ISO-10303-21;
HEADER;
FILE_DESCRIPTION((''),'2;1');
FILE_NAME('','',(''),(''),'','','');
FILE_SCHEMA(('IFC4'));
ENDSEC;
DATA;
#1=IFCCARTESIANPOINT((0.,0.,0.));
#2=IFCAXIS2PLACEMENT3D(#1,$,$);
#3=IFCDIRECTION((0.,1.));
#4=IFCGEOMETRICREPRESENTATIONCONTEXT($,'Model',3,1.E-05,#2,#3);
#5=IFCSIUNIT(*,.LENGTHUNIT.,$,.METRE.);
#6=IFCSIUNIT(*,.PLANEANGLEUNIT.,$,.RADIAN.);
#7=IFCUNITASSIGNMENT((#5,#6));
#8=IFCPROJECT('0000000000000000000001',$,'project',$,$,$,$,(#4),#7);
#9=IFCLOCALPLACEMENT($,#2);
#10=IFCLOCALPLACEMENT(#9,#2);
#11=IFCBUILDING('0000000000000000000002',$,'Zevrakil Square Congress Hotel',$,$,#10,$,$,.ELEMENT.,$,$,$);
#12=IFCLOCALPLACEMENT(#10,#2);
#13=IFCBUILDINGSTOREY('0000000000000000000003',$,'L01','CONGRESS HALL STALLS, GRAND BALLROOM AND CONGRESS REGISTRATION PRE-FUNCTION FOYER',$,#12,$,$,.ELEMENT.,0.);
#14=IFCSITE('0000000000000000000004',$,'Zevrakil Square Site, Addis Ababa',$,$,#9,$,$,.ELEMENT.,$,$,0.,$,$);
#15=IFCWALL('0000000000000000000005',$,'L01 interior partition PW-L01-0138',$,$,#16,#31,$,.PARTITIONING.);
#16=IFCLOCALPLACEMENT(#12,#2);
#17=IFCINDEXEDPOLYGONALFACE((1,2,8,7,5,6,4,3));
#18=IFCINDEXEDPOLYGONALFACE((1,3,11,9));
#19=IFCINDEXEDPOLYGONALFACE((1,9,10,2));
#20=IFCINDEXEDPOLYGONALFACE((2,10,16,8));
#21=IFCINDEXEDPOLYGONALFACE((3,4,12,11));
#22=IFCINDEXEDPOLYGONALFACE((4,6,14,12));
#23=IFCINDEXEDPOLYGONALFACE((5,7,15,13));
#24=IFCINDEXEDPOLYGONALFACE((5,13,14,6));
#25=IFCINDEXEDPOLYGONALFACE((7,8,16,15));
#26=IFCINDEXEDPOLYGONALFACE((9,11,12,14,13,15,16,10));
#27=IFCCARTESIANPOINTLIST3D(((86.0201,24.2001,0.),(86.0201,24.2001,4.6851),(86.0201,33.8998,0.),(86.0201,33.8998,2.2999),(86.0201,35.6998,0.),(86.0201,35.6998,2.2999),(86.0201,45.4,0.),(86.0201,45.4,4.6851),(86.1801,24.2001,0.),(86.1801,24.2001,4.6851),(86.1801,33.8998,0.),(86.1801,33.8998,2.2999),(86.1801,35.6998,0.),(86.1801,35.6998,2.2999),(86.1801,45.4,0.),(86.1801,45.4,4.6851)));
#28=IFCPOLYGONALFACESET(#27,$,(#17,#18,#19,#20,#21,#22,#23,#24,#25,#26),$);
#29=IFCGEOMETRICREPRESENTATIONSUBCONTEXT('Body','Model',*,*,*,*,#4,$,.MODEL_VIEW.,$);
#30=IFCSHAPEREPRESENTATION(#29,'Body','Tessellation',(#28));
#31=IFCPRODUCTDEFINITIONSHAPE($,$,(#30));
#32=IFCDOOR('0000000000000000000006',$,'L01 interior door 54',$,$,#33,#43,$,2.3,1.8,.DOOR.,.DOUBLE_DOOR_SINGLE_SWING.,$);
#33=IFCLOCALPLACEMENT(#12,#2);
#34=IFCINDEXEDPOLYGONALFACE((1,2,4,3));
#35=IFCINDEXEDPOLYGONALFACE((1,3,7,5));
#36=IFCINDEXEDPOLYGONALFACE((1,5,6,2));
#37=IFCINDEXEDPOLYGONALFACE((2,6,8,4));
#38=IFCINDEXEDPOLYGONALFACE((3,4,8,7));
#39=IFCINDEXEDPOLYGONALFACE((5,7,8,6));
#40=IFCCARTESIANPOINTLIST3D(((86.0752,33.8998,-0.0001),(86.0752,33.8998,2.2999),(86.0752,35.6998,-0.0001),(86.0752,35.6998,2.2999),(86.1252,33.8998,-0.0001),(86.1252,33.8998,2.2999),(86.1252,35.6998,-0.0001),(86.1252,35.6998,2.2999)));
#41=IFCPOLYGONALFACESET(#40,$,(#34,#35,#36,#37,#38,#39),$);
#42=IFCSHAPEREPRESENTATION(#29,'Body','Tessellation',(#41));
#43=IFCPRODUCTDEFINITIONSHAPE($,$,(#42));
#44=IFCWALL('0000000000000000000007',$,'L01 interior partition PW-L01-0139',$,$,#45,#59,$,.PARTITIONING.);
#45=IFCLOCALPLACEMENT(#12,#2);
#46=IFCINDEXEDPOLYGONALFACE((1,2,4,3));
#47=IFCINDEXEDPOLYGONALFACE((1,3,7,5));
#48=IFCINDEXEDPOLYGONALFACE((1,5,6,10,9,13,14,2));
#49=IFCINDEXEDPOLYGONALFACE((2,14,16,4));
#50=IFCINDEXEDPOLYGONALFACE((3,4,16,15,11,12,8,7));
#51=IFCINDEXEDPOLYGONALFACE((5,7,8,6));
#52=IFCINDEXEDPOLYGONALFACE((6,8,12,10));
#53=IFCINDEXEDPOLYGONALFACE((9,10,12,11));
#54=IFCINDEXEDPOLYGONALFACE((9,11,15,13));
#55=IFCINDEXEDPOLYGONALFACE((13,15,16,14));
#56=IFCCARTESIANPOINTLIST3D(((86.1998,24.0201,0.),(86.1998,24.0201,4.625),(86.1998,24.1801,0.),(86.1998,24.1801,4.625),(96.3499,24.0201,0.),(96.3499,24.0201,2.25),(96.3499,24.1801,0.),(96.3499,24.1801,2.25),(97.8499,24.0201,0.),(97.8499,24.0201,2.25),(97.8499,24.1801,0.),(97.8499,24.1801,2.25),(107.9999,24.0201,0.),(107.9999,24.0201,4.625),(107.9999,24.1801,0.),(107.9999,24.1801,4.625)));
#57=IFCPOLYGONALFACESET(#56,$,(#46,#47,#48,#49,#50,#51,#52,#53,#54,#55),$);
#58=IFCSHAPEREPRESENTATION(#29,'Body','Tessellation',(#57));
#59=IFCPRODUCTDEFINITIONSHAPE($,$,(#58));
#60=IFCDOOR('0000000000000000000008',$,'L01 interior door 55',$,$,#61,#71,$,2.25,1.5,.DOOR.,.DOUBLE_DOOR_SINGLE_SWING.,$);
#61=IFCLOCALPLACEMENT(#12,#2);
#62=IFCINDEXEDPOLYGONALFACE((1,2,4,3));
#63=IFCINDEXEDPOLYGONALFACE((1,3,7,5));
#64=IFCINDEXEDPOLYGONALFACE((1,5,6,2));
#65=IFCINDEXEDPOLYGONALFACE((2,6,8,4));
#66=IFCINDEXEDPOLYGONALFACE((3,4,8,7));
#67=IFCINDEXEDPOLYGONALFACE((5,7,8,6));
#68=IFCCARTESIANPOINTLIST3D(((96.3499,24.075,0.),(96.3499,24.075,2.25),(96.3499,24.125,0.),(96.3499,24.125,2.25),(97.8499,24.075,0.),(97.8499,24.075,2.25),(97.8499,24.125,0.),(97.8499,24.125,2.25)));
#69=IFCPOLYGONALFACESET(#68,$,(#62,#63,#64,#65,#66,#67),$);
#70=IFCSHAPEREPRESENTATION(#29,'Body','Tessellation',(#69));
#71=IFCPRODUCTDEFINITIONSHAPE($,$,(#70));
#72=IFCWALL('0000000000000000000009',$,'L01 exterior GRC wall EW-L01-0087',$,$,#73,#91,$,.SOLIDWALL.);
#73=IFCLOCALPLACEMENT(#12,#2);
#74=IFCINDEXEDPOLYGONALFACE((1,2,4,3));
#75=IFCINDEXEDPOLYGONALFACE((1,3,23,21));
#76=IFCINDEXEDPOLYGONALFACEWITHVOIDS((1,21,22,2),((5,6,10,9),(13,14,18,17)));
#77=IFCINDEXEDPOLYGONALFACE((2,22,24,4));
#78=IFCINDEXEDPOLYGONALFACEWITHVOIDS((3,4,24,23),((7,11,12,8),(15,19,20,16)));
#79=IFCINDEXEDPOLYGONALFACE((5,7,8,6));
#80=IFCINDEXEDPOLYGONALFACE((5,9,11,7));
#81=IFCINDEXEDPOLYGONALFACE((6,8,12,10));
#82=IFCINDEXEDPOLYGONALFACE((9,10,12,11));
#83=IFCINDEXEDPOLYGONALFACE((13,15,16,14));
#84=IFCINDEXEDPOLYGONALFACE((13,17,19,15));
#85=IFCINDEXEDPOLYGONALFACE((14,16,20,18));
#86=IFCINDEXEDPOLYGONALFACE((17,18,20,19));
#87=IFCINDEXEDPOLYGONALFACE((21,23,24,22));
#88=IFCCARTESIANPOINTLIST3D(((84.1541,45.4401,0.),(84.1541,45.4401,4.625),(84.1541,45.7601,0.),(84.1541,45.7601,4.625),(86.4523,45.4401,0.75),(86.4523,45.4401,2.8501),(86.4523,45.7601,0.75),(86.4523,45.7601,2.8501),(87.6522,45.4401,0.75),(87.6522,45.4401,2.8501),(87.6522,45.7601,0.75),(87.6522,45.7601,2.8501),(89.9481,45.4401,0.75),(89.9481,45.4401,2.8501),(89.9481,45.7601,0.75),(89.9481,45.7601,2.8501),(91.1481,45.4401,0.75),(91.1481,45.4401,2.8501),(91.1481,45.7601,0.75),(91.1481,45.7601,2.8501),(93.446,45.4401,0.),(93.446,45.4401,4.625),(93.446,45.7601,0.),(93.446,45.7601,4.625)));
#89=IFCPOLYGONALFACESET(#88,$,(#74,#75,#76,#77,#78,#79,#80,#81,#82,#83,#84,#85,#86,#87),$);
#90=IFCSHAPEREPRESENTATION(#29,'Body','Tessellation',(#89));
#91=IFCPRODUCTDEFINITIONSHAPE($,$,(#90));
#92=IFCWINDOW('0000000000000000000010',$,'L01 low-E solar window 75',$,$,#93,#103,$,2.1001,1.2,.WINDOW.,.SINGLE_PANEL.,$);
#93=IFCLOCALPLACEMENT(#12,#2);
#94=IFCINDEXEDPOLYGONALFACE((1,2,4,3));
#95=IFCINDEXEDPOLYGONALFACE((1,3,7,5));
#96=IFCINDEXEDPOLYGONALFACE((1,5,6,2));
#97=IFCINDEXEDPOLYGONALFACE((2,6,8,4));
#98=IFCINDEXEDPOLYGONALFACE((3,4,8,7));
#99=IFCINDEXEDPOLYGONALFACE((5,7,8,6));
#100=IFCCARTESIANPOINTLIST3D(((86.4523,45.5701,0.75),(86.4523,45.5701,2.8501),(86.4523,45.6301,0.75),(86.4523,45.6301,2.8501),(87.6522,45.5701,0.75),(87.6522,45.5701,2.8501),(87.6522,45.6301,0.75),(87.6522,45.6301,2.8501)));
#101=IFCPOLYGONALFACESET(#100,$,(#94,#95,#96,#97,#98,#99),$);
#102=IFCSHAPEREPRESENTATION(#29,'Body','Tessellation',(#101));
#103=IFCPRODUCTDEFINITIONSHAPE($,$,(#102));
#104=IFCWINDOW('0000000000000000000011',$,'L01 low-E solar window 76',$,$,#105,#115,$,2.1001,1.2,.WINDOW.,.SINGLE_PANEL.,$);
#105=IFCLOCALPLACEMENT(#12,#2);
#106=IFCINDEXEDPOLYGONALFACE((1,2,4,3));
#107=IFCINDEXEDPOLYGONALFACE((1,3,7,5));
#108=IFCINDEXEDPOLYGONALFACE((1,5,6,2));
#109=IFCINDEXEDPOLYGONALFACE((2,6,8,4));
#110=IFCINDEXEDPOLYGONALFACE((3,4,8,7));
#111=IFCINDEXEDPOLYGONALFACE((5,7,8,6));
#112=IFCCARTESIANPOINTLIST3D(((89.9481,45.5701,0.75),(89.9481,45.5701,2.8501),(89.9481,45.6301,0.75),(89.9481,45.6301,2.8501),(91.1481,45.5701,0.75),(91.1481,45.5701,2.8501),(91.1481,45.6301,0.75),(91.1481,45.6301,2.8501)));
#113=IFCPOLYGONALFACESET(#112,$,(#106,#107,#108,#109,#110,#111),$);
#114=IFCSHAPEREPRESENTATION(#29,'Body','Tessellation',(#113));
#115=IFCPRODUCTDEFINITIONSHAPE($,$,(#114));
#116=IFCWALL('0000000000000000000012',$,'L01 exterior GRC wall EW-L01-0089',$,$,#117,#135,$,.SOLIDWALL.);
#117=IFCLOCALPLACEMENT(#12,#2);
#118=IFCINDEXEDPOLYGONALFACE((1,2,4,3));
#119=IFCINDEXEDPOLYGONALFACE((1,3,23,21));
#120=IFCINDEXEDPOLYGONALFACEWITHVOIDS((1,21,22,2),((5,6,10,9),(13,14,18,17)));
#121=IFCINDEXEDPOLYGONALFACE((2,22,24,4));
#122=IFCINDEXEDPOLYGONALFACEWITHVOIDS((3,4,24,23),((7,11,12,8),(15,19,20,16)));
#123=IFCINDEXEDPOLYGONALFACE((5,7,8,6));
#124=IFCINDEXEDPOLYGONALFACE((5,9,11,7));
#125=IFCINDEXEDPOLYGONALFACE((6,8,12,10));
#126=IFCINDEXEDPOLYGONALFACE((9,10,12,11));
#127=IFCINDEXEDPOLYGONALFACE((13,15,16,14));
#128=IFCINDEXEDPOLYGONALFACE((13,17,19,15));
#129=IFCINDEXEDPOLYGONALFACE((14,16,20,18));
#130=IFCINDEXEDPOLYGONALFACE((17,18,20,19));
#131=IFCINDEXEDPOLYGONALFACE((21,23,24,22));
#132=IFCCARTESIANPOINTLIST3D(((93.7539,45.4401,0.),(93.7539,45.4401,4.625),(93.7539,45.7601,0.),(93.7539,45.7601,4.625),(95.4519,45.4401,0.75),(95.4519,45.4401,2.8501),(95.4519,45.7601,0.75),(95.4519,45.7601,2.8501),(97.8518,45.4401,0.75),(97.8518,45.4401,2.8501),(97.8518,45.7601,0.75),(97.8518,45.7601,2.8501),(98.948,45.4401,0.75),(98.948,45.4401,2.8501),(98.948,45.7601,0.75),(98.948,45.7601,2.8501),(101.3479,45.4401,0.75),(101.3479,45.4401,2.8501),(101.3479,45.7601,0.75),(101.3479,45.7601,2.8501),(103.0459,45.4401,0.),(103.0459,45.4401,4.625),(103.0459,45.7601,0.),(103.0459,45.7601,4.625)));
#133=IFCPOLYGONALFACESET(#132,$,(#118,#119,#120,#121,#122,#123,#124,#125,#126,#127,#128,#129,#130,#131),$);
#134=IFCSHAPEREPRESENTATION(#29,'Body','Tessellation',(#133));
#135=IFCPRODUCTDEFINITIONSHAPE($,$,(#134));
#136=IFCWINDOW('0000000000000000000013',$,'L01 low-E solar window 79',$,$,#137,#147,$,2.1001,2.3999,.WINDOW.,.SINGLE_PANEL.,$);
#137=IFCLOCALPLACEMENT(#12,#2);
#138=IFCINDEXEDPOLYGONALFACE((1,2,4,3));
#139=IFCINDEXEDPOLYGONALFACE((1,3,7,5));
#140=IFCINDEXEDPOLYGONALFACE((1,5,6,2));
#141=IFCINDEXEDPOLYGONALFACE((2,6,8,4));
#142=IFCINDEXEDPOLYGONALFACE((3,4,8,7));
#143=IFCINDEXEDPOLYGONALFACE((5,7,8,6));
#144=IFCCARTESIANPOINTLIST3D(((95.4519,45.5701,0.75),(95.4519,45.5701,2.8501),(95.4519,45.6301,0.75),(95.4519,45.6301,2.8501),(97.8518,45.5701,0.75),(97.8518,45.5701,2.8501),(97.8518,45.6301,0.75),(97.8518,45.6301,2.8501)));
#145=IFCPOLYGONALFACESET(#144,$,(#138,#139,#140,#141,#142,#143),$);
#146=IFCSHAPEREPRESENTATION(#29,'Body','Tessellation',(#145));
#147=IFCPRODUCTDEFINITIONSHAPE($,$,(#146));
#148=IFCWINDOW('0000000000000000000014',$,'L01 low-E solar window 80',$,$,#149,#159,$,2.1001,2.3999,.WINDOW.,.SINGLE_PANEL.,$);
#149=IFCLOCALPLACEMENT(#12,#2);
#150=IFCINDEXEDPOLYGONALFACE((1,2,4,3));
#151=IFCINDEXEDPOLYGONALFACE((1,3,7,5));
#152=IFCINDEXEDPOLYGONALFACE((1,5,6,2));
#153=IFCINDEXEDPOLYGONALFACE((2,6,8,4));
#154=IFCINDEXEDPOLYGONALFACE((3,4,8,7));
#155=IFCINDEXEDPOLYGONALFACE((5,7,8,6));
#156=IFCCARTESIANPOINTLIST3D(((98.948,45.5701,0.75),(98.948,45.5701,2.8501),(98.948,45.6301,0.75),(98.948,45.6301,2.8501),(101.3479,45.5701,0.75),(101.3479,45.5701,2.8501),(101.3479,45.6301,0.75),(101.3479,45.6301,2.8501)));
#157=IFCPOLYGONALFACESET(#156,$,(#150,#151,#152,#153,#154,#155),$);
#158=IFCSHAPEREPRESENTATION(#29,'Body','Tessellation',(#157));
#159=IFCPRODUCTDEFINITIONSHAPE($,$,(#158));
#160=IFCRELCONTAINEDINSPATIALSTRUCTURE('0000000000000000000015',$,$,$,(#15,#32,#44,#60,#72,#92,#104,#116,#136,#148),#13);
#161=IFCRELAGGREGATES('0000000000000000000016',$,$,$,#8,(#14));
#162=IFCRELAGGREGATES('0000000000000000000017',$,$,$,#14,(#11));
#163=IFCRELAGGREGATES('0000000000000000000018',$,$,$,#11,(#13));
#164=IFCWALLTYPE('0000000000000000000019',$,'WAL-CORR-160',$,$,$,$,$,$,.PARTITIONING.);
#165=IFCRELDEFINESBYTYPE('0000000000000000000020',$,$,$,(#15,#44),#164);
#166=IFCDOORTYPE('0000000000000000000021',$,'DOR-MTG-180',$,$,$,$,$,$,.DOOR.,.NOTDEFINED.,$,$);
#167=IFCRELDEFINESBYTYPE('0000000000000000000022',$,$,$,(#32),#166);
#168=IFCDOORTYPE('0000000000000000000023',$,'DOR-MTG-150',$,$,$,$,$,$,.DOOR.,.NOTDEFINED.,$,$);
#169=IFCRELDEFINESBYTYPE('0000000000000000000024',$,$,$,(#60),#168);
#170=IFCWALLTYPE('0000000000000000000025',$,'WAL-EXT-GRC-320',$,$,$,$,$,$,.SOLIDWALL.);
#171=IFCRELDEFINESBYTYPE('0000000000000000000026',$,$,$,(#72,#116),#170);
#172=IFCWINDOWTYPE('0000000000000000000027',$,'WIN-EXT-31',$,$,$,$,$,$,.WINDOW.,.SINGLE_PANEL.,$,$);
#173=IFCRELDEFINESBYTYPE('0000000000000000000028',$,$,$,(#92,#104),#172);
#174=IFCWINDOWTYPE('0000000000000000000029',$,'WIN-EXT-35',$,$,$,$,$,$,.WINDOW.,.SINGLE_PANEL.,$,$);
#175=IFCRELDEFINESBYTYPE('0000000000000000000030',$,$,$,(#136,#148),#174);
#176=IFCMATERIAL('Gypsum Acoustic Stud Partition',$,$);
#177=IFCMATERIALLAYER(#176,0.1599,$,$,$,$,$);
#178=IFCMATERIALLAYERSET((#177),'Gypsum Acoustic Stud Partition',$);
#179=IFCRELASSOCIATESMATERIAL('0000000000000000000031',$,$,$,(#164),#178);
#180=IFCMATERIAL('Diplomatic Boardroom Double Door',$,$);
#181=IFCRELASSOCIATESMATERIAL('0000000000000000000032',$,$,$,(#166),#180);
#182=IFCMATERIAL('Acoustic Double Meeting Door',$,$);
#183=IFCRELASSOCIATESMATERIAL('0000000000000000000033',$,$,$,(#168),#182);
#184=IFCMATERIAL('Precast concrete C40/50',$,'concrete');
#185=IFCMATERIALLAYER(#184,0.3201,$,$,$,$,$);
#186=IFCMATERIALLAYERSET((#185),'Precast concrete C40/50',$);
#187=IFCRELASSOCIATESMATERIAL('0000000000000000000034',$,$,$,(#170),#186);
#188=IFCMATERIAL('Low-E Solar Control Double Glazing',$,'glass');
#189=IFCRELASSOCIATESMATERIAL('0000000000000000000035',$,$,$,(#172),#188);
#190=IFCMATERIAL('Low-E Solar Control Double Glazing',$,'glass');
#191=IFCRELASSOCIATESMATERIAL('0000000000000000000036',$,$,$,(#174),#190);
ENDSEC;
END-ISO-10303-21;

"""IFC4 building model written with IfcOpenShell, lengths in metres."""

from ifc_helpers import new_model, si_unit, direction, frame, frame_2d, origin, place, context, subcontext, project, spatial, rectangle, extrude, material, layer, layer_set, type_object, element, fill, save


model = new_model("IFC4")

# Units and contexts
model_context = context("Model", 3, precision=1e-05, world=origin(), true_north=direction((0.0, 1.0)))
body_context = subcontext(model_context, "Body", "Model", "MODEL_VIEW")
ifc_project = project(units=[si_unit("LENGTHUNIT", "METRE"), si_unit("PLANEANGLEUNIT", "RADIAN")], contexts=[model_context])

# Site, building, storey
site_placement = place(None, origin())
site = spatial("IfcSite", under=ifc_project, at=site_placement, Name="Zevrakil Square Site, Addis Ababa", CompositionType="ELEMENT", RefElevation=0.0)
building_placement = place(site_placement, origin())
building = spatial("IfcBuilding", under=site, at=building_placement, Name="Zevrakil Square Congress Hotel", CompositionType="ELEMENT")
storey_placement = place(building_placement, origin())
storey = spatial("IfcBuildingStorey", under=building, at=storey_placement, Name="L01", Description="CONGRESS HALL STALLS, GRAND BALLROOM AND CONGRESS REGISTRATION PRE-FUNCTION FOYER", CompositionType="ELEMENT", Elevation=0.0)

# Walls, openings, doors
ifc_material_1 = material(Name="Gypsum Acoustic Stud Partition")
ifc_layer_1 = layer(ifc_material_1, 0.1599)
ifc_layer_set_1 = layer_set([ifc_layer_1], Name="Gypsum Acoustic Stud Partition")
wall_type_1 = type_object("IfcWallType", Name="WAL-CORR-160", PredefinedType="PARTITIONING", material=ifc_layer_set_1)
wall_1_placement = place(storey_placement, frame((86.1001, 24.2, 0.0), z_axis=(0.0, 0.0, 1.0), x_axis=(0.0, 1.0, 0.0)))
wall_1 = element("IfcWall", 1, at=wall_1_placement, inside=storey, type_object=wall_type_1, Name="L01 interior partition PW-L01-0138", PredefinedType="PARTITIONING", context=body_context, shape_type="SweptSolid", body=[
    extrude(rectangle(XDim=21.2, YDim=0.1599, at=frame_2d((10.6001, 0.0))), origin(), (0.0, 0.0, 1.0), 4.6851),
])
opening_1_placement = place(wall_1_placement, frame((9.7, 0.0, 0.0)))
opening_1 = element("IfcOpeningElement", 2, at=opening_1_placement, cuts=wall_1, PredefinedType="OPENING", context=body_context, shape_type="SweptSolid", body=[
    extrude(rectangle(XDim=1.8, YDim=2.3, at=frame_2d((0.8999, 1.1499))), frame((0.0, 0.0898, 0.0), z_axis=(0.0, -1.0, 0.0), x_axis=(1.0, 0.0, 0.0)), (0.0, 0.0, 1.0), 0.1799),
])
ifc_material_2 = material(Name="Diplomatic Boardroom Double Door")
door_type_1 = type_object("IfcDoorType", Name="DOR-MTG-180", OperationType="NOTDEFINED", PredefinedType="DOOR", material=ifc_material_2)
door_1_placement = place(opening_1_placement, origin())
door_1 = element("IfcDoor", 3, at=door_1_placement, inside=storey, type_object=door_type_1, Name="L01 interior door 54", OperationType="DOUBLE_DOOR_SINGLE_SWING", OverallHeight=2.3, OverallWidth=1.8, PredefinedType="DOOR", context=body_context, shape_type="SweptSolid", body=[
    extrude(rectangle(XDim=1.8, YDim=2.3, at=frame_2d((0.8999, 1.1499))), frame((0.0, 0.0249, 0.0), z_axis=(0.0, -1.0, 0.0), x_axis=(1.0, 0.0, 0.0)), (0.0, 0.0, 1.0), 0.05),
])
fill(opening_1, door_1)
wall_2_placement = place(storey_placement, frame((86.2, 24.1001, 0.0), z_axis=(0.0, 0.0, 1.0), x_axis=(1.0, 0.0, 0.0)))
wall_2 = element("IfcWall", 4, at=wall_2_placement, inside=storey, type_object=wall_type_1, Name="L01 interior partition PW-L01-0139", PredefinedType="PARTITIONING", context=body_context, shape_type="SweptSolid", body=[
    extrude(rectangle(XDim=21.8, YDim=0.1599, at=frame_2d((10.8999, 0.0))), origin(), (0.0, 0.0, 1.0), 4.625),
])
opening_2_placement = place(wall_2_placement, frame((10.1499, 0.0, 0.0)))
opening_2 = element("IfcOpeningElement", 5, at=opening_2_placement, cuts=wall_2, PredefinedType="OPENING", context=body_context, shape_type="SweptSolid", body=[
    extrude(rectangle(XDim=1.5, YDim=2.25, at=frame_2d((0.75, 1.125))), frame((0.0, 0.0898, 0.0), z_axis=(0.0, -1.0, 0.0), x_axis=(1.0, 0.0, 0.0)), (0.0, 0.0, 1.0), 0.1799),
])
ifc_material_3 = material(Name="Acoustic Double Meeting Door")
door_type_2 = type_object("IfcDoorType", Name="DOR-MTG-150", OperationType="NOTDEFINED", PredefinedType="DOOR", material=ifc_material_3)
door_2_placement = place(opening_2_placement, origin())
door_2 = element("IfcDoor", 6, at=door_2_placement, inside=storey, type_object=door_type_2, Name="L01 interior door 55", OperationType="DOUBLE_DOOR_SINGLE_SWING", OverallHeight=2.25, OverallWidth=1.5, PredefinedType="DOOR", context=body_context, shape_type="SweptSolid", body=[
    extrude(rectangle(XDim=1.5, YDim=2.25, at=frame_2d((0.75, 1.125))), frame((0.0, 0.0249, 0.0), z_axis=(0.0, -1.0, 0.0), x_axis=(1.0, 0.0, 0.0)), (0.0, 0.0, 1.0), 0.05),
])
fill(opening_2, door_2)

# Walls, openings, windows
ifc_material_4 = material(Name="Precast concrete C40/50", Category="concrete")
ifc_layer_2 = layer(ifc_material_4, 0.3201)
ifc_layer_set_2 = layer_set([ifc_layer_2], Name="Precast concrete C40/50")
wall_type_2 = type_object("IfcWallType", Name="WAL-EXT-GRC-320", PredefinedType="SOLIDWALL", material=ifc_layer_set_2)
wall_3_placement = place(storey_placement, frame((84.1541, 45.6001, 0.0), z_axis=(0.0, 0.0, 1.0), x_axis=(1.0, 0.0, 0.0)))
wall_3 = element("IfcWall", 7, at=wall_3_placement, inside=storey, type_object=wall_type_2, Name="L01 exterior GRC wall EW-L01-0087", PredefinedType="SOLIDWALL", context=body_context, shape_type="SweptSolid", body=[
    extrude(rectangle(XDim=9.292, YDim=0.3201, at=frame_2d((4.646, 0.0))), origin(), (0.0, 0.0, 1.0), 4.625),
])
opening_3_placement = place(wall_3_placement, frame((2.2981, 0.0, 0.75)))
opening_3 = element("IfcOpeningElement", 8, at=opening_3_placement, cuts=wall_3, PredefinedType="OPENING", context=body_context, shape_type="SweptSolid", body=[
    extrude(rectangle(XDim=1.2, YDim=2.1001, at=frame_2d((0.6001, 1.05))), frame((0.0, 0.1699, 0.0), z_axis=(0.0, -1.0, 0.0), x_axis=(1.0, 0.0, 0.0)), (0.0, 0.0, 1.0), 0.3401),
])
opening_4_placement = place(wall_3_placement, frame((5.7939, 0.0, 0.75)))
opening_4 = element("IfcOpeningElement", 9, at=opening_4_placement, cuts=wall_3, PredefinedType="OPENING", context=body_context, shape_type="SweptSolid", body=[
    extrude(rectangle(XDim=1.2, YDim=2.1001, at=frame_2d((0.6001, 1.05))), frame((0.0, 0.1699, 0.0), z_axis=(0.0, -1.0, 0.0), x_axis=(1.0, 0.0, 0.0)), (0.0, 0.0, 1.0), 0.3401),
])
ifc_material_5 = material(Name="Low-E Solar Control Double Glazing", Category="glass")
window_type_1 = type_object("IfcWindowType", Name="WIN-EXT-31", PartitioningType="SINGLE_PANEL", PredefinedType="WINDOW", material=ifc_material_5)
window_1_placement = place(opening_3_placement, origin())
window_1 = element("IfcWindow", 10, at=window_1_placement, inside=storey, type_object=window_type_1, Name="L01 low-E solar window 75", OverallHeight=2.1001, OverallWidth=1.2, PartitioningType="SINGLE_PANEL", PredefinedType="WINDOW", context=body_context, shape_type="SweptSolid", body=[
    extrude(rectangle(XDim=1.2, YDim=2.1001, at=frame_2d((0.6001, 1.05))), frame((0.0, 0.03, 0.0), z_axis=(0.0, -1.0, 0.0), x_axis=(1.0, 0.0, 0.0)), (0.0, 0.0, 1.0), 0.0601),
])
fill(opening_3, window_1)
window_2_placement = place(opening_4_placement, origin())
window_2 = element("IfcWindow", 11, at=window_2_placement, inside=storey, type_object=window_type_1, Name="L01 low-E solar window 76", OverallHeight=2.1001, OverallWidth=1.2, PartitioningType="SINGLE_PANEL", PredefinedType="WINDOW", context=body_context, shape_type="SweptSolid", body=[
    extrude(rectangle(XDim=1.2, YDim=2.1001, at=frame_2d((0.6001, 1.05))), frame((0.0, 0.03, 0.0), z_axis=(0.0, -1.0, 0.0), x_axis=(1.0, 0.0, 0.0)), (0.0, 0.0, 1.0), 0.0601),
])
fill(opening_4, window_2)
wall_4_placement = place(storey_placement, frame((93.7539, 45.6001, 0.0), z_axis=(0.0, 0.0, 1.0), x_axis=(1.0, 0.0, 0.0)))
wall_4 = element("IfcWall", 12, at=wall_4_placement, inside=storey, type_object=wall_type_2, Name="L01 exterior GRC wall EW-L01-0089", PredefinedType="SOLIDWALL", context=body_context, shape_type="SweptSolid", body=[
    extrude(rectangle(XDim=9.292, YDim=0.3201, at=frame_2d((4.646, 0.0))), origin(), (0.0, 0.0, 1.0), 4.625),
])
opening_5_placement = place(wall_4_placement, frame((1.698, 0.0, 0.75)))
opening_5 = element("IfcOpeningElement", 13, at=opening_5_placement, cuts=wall_4, PredefinedType="OPENING", context=body_context, shape_type="SweptSolid", body=[
    extrude(rectangle(XDim=2.3999, YDim=2.1001, at=frame_2d((1.2, 1.05))), frame((0.0, 0.1699, 0.0), z_axis=(0.0, -1.0, 0.0), x_axis=(1.0, 0.0, 0.0)), (0.0, 0.0, 1.0), 0.3401),
])
opening_6_placement = place(wall_4_placement, frame((5.1941, 0.0, 0.75)))
opening_6 = element("IfcOpeningElement", 14, at=opening_6_placement, cuts=wall_4, PredefinedType="OPENING", context=body_context, shape_type="SweptSolid", body=[
    extrude(rectangle(XDim=2.3999, YDim=2.1001, at=frame_2d((1.2, 1.05))), frame((0.0, 0.1699, 0.0), z_axis=(0.0, -1.0, 0.0), x_axis=(1.0, 0.0, 0.0)), (0.0, 0.0, 1.0), 0.3401),
])
ifc_material_6 = material(Name="Low-E Solar Control Double Glazing", Category="glass")
window_type_2 = type_object("IfcWindowType", Name="WIN-EXT-35", PartitioningType="SINGLE_PANEL", PredefinedType="WINDOW", material=ifc_material_6)
window_3_placement = place(opening_5_placement, origin())
window_3 = element("IfcWindow", 15, at=window_3_placement, inside=storey, type_object=window_type_2, Name="L01 low-E solar window 79", OverallHeight=2.1001, OverallWidth=2.3999, PartitioningType="SINGLE_PANEL", PredefinedType="WINDOW", context=body_context, shape_type="SweptSolid", body=[
    extrude(rectangle(XDim=2.3999, YDim=2.1001, at=frame_2d((1.2, 1.05))), frame((0.0, 0.03, 0.0), z_axis=(0.0, -1.0, 0.0), x_axis=(1.0, 0.0, 0.0)), (0.0, 0.0, 1.0), 0.0601),
])
fill(opening_5, window_3)
window_4_placement = place(opening_6_placement, origin())
window_4 = element("IfcWindow", 16, at=window_4_placement, inside=storey, type_object=window_type_2, Name="L01 low-E solar window 80", OverallHeight=2.1001, OverallWidth=2.3999, PartitioningType="SINGLE_PANEL", PredefinedType="WINDOW", context=body_context, shape_type="SweptSolid", body=[
    extrude(rectangle(XDim=2.3999, YDim=2.1001, at=frame_2d((1.2, 1.05))), frame((0.0, 0.03, 0.0), z_axis=(0.0, -1.0, 0.0), x_axis=(1.0, 0.0, 0.0)), (0.0, 0.0, 1.0), 0.0601),
])
fill(opening_6, window_4)

save(model, "model.ifc")
